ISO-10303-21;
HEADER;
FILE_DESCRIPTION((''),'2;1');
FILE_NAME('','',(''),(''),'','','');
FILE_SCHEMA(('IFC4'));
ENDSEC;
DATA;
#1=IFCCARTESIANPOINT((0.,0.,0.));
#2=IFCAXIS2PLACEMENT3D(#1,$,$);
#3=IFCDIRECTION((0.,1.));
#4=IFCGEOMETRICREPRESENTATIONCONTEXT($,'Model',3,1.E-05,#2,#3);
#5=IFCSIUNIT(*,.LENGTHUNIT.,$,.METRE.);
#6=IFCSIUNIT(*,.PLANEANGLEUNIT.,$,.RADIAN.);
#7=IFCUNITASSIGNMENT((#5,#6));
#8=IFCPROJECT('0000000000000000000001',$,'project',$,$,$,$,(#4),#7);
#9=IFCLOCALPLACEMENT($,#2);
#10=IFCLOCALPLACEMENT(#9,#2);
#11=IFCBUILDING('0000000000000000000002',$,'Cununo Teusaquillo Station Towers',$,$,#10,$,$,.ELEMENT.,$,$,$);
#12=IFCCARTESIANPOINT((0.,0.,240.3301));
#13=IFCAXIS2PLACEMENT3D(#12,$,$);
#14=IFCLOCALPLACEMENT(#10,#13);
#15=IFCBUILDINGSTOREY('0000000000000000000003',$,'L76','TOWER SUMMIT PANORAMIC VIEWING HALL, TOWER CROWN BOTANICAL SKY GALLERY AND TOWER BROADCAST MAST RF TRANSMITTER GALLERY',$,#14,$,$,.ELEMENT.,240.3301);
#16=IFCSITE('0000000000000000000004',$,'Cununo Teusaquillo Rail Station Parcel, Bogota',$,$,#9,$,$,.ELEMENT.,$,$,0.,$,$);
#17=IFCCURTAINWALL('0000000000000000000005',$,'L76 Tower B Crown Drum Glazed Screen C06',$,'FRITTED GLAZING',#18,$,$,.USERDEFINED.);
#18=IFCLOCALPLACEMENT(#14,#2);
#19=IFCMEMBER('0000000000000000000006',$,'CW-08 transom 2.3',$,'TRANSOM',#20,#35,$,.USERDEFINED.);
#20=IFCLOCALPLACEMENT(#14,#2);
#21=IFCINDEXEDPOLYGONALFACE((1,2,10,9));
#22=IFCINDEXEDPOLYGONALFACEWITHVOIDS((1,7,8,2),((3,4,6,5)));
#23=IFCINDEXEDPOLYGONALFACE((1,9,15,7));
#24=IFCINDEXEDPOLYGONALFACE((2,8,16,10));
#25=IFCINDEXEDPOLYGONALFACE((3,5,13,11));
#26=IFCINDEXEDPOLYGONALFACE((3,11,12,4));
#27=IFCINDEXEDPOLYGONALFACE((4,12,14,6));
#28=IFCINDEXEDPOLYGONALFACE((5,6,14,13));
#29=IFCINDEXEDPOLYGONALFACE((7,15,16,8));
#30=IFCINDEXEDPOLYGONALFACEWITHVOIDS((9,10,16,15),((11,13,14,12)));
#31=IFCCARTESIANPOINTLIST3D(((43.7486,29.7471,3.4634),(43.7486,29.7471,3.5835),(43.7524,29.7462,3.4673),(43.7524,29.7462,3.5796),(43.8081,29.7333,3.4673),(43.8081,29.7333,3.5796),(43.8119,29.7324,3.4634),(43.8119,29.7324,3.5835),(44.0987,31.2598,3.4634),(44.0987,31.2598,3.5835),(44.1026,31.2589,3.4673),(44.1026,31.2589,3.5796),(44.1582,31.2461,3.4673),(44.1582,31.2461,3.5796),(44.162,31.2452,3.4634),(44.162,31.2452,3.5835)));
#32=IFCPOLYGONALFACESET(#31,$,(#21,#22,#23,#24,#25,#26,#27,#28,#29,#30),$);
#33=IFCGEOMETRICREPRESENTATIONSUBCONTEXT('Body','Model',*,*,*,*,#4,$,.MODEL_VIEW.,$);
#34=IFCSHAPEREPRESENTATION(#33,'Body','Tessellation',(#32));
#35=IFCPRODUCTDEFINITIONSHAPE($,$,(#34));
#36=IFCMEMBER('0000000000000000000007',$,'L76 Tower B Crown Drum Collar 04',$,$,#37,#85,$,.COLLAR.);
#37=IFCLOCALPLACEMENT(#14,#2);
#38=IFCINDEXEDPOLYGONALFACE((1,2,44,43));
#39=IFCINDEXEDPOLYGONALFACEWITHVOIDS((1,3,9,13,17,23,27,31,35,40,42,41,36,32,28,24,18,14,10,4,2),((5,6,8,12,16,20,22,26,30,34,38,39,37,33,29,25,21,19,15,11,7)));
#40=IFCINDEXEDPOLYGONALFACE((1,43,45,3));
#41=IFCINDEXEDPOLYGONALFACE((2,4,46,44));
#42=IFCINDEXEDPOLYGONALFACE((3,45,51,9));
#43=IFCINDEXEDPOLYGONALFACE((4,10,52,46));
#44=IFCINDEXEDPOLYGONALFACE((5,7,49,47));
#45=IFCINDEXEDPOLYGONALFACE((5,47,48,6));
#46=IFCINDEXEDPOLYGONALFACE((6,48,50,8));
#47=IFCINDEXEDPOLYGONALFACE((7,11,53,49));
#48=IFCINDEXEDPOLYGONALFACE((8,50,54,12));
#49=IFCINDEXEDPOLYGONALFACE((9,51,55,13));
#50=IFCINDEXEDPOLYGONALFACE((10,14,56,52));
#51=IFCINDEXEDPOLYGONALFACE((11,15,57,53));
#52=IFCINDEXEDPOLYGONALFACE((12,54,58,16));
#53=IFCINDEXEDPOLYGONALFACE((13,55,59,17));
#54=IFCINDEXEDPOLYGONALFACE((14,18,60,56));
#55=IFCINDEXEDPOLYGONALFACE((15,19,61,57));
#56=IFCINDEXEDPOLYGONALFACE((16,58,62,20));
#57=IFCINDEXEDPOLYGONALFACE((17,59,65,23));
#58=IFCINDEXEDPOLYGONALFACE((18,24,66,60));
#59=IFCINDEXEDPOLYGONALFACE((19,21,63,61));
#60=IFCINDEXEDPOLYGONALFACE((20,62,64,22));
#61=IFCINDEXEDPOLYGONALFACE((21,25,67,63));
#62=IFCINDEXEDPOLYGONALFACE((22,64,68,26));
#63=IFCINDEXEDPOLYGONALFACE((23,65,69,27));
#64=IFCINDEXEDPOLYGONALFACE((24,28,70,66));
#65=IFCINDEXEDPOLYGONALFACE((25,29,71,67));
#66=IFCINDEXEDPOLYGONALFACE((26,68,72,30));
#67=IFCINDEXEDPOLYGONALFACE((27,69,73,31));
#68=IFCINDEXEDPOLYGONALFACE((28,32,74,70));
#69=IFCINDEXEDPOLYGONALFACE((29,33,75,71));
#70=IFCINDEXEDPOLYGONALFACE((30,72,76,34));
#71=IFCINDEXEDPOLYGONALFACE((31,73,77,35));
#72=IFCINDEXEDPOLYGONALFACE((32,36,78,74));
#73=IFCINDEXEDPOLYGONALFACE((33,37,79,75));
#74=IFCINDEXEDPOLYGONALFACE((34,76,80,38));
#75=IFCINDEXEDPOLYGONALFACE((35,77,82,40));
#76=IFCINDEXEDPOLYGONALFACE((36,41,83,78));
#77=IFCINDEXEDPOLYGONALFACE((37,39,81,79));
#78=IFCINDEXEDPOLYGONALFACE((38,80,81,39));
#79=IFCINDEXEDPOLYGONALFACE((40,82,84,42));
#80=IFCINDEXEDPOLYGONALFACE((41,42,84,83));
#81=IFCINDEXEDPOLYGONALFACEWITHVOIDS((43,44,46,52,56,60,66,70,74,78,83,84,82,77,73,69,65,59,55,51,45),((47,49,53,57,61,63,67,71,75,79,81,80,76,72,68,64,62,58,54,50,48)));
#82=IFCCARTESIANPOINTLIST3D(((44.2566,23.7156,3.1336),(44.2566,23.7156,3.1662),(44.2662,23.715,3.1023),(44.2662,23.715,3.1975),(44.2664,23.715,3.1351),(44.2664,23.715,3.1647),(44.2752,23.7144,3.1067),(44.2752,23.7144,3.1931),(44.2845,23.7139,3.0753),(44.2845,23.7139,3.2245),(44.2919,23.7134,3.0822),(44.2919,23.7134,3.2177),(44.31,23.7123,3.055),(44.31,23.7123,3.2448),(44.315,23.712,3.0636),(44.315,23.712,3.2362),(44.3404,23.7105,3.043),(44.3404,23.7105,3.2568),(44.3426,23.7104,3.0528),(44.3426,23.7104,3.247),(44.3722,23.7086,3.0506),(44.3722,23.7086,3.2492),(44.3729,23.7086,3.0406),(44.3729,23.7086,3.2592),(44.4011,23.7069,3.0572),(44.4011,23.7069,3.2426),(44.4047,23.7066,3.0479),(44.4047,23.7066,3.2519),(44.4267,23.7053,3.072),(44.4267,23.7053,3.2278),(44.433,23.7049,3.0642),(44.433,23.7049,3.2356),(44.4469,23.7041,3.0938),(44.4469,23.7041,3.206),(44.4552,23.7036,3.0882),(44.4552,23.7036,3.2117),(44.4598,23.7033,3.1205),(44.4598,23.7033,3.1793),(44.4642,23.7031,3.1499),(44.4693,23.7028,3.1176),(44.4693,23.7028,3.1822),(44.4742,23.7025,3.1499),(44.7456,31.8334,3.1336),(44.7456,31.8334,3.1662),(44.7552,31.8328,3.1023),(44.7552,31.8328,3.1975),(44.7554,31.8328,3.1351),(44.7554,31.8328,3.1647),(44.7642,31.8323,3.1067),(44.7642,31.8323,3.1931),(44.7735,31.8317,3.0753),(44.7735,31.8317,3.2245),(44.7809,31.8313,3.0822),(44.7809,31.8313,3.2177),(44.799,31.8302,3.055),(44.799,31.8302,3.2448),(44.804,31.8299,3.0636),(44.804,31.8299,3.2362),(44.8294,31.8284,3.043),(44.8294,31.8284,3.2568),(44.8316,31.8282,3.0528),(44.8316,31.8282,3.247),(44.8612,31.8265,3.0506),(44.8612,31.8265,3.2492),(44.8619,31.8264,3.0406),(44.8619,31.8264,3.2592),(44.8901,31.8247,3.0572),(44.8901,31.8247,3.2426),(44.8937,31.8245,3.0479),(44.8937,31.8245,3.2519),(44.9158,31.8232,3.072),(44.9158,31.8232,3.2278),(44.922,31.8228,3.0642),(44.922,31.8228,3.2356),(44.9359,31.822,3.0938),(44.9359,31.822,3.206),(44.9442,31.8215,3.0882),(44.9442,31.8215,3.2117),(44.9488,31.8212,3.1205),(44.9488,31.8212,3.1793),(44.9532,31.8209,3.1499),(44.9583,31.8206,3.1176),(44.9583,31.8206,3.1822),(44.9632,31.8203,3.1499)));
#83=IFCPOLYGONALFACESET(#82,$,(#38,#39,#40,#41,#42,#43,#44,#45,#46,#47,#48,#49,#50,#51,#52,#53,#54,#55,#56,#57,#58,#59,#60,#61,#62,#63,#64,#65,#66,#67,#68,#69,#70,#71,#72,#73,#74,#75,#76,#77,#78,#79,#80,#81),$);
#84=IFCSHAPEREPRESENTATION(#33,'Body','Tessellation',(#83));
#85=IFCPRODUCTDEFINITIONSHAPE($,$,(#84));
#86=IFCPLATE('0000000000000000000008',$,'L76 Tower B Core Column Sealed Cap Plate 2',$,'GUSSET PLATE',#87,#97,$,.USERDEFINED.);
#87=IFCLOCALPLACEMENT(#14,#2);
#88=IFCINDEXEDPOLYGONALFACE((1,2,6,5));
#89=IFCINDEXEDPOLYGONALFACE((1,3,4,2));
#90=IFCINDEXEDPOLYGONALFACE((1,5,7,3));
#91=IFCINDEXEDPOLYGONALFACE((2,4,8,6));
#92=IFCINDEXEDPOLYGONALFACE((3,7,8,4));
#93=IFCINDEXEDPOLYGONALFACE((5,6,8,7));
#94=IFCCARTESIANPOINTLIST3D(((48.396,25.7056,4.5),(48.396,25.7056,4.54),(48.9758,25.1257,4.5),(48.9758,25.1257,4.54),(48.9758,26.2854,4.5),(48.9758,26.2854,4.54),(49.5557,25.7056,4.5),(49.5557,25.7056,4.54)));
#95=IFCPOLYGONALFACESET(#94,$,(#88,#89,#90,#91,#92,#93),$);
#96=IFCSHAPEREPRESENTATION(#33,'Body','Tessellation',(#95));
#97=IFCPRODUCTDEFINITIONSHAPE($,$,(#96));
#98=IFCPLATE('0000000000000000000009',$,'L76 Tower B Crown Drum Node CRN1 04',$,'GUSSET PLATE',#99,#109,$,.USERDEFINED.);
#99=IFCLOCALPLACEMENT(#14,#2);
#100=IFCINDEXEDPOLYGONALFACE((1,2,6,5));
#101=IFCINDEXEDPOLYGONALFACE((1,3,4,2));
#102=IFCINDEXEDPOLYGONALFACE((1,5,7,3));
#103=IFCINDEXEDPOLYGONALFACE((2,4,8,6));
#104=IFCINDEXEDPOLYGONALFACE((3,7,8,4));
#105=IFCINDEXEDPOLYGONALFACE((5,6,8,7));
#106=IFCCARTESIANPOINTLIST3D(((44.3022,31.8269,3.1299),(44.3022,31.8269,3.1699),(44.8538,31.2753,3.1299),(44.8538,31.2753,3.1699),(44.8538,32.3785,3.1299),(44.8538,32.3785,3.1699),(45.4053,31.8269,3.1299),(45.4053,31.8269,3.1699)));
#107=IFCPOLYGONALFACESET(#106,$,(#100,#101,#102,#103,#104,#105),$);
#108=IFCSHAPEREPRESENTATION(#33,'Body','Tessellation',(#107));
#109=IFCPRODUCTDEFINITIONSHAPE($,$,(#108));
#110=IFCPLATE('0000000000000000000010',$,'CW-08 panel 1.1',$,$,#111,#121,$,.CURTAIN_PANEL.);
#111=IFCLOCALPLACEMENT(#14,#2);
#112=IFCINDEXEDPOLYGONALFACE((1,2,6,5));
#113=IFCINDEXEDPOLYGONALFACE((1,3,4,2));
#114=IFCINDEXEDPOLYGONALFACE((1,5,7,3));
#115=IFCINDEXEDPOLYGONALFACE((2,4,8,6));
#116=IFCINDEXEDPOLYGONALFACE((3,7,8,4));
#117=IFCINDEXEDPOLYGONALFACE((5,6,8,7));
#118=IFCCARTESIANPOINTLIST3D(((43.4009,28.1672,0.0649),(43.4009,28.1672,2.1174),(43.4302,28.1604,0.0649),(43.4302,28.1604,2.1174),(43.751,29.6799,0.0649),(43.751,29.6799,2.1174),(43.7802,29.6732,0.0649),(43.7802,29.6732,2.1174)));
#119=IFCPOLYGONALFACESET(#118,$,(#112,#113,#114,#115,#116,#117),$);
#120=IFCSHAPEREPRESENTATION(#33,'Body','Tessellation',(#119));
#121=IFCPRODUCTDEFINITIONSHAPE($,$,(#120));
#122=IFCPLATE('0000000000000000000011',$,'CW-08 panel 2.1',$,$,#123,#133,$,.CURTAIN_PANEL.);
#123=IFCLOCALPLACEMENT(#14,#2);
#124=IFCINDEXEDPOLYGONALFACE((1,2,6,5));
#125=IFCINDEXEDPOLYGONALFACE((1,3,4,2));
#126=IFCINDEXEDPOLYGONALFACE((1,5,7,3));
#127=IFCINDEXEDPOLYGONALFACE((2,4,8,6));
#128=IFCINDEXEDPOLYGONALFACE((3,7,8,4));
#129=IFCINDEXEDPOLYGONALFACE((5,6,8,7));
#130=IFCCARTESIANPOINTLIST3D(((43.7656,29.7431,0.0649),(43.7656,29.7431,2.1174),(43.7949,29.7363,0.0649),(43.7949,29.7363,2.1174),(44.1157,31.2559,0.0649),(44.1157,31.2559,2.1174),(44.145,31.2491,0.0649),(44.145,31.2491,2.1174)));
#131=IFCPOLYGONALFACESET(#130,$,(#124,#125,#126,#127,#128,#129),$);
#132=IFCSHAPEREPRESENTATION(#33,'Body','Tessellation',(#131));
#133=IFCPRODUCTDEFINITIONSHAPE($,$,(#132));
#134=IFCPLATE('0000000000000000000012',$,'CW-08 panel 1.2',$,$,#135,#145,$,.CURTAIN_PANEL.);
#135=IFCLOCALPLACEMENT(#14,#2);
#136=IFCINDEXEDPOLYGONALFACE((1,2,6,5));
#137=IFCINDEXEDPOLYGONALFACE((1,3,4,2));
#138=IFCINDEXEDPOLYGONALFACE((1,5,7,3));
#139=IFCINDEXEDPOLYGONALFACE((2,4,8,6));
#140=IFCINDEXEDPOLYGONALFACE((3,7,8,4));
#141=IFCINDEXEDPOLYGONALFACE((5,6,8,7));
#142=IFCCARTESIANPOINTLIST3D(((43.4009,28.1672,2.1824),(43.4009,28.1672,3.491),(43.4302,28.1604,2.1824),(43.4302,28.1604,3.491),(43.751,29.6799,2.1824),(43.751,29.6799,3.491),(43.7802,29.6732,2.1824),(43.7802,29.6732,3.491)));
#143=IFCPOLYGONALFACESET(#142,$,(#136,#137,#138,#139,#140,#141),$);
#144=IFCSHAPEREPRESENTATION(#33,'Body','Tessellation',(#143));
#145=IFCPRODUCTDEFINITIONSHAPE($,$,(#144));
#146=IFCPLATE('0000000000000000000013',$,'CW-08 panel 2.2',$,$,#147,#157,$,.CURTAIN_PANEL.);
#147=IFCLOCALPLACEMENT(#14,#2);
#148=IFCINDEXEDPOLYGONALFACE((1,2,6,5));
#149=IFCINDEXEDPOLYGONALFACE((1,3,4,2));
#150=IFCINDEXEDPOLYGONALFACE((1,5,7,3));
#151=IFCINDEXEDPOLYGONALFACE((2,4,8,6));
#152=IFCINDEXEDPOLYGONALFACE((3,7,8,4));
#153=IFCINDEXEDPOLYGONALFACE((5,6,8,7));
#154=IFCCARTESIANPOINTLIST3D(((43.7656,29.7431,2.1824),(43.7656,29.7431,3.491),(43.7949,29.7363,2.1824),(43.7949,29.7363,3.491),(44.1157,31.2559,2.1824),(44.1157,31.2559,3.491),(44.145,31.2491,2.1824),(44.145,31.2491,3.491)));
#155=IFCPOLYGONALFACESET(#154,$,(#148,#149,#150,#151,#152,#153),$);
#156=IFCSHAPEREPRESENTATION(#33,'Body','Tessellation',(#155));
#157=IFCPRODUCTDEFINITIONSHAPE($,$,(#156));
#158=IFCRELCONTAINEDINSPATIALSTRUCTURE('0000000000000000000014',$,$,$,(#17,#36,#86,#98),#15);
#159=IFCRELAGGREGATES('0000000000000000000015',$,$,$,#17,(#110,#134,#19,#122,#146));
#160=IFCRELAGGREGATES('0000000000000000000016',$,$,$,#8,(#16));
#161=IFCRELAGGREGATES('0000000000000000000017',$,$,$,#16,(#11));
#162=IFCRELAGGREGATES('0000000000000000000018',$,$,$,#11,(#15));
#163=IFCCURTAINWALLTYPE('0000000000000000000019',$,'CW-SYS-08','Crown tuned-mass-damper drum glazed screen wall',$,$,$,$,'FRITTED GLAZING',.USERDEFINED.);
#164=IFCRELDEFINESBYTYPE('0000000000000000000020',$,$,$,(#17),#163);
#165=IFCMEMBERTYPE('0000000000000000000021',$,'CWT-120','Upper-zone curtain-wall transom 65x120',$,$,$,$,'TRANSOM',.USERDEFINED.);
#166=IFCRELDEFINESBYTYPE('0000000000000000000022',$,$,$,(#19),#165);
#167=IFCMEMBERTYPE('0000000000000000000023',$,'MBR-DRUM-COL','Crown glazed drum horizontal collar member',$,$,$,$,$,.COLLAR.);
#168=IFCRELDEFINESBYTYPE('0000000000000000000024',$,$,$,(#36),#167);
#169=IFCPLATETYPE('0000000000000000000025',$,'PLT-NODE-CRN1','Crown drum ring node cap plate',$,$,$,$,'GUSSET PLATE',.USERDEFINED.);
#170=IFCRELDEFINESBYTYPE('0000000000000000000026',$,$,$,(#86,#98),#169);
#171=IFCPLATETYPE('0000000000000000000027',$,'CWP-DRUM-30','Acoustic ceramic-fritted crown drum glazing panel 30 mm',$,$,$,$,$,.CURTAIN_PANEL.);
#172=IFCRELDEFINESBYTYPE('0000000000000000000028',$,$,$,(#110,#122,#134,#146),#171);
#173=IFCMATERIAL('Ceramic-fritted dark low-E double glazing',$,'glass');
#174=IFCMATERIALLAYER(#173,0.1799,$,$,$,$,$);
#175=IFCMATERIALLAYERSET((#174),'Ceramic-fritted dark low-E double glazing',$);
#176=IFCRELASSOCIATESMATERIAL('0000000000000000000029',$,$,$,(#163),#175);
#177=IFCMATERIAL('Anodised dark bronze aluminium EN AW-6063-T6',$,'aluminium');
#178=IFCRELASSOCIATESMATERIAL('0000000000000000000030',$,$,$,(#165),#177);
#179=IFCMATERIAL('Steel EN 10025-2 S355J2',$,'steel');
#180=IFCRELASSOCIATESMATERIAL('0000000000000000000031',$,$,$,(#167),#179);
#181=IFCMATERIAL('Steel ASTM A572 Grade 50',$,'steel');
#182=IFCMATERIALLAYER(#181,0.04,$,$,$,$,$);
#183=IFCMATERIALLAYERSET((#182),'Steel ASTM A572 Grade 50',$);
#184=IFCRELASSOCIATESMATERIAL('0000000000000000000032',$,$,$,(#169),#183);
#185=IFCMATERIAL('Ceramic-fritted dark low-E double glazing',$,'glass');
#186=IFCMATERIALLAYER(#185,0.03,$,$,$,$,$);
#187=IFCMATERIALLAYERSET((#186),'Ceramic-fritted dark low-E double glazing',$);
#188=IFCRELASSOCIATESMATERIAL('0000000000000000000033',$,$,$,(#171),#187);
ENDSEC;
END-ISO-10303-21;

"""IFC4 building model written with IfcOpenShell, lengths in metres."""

from ifc_helpers import new_model, si_unit, direction, frame, origin, origin_2d, place, context, subcontext, project, spatial, rectangle, hollow_rectangle, hollow_circle, extrude, source, transform, mapped, material, layer, layer_set, material_profile, profile_set, type_object, element, aggregate, save


model = new_model("IFC4")

# Units and contexts
model_context = context("Model", 3, precision=1e-05, world=origin(), true_north=direction((0.0, 1.0)))
body_context = subcontext(model_context, "Body", "Model", "MODEL_VIEW")
ifc_project = project(units=[si_unit("LENGTHUNIT", "METRE"), si_unit("PLANEANGLEUNIT", "RADIAN")], contexts=[model_context])

# Site, building, storey
site_placement = place(None, origin())
site = spatial("IfcSite", under=ifc_project, at=site_placement, Name="Cununo Teusaquillo Rail Station Parcel, Bogota", CompositionType="ELEMENT", RefElevation=0.0)
building_placement = place(site_placement, origin())
building = spatial("IfcBuilding", under=site, at=building_placement, Name="Cununo Teusaquillo Station Towers", CompositionType="ELEMENT")
storey_placement = place(building_placement, frame((0.0, 0.0, 240.3301)))
storey = spatial("IfcBuildingStorey", under=building, at=storey_placement, Name="L76", Description="TOWER SUMMIT PANORAMIC VIEWING HALL, TOWER CROWN BOTANICAL SKY GALLERY AND TOWER BROADCAST MAST RF TRANSMITTER GALLERY", CompositionType="ELEMENT", Elevation=240.3301)

# Curtain wall, member
ifc_material_1 = material(Name="Ceramic-fritted dark low-E double glazing", Category="glass")
ifc_layer_1 = layer(ifc_material_1, 0.1799)
ifc_layer_set_1 = layer_set([ifc_layer_1], Name="Ceramic-fritted dark low-E double glazing")
curtain_wall_type = type_object("IfcCurtainWallType", Name="CW-SYS-08", Description="Crown tuned-mass-damper drum glazed screen wall", ElementType="FRITTED GLAZING", PredefinedType="USERDEFINED", material=ifc_layer_set_1)
curtain_wall_placement = place(storey_placement, origin())
curtain_wall = element("IfcCurtainWall", 1, at=curtain_wall_placement, inside=storey, type_object=curtain_wall_type, Name="L76 Tower B Crown Drum Glazed Screen C06", ObjectType="FRITTED GLAZING", PredefinedType="USERDEFINED")
ifc_material_2 = material(Name="Anodised dark bronze aluminium EN AW-6063-T6", Category="aluminium")
ifc_material_profile_1 = material_profile(ifc_material_2, hollow_rectangle(XDim=0.0649, YDim=0.1201, WallThickness=0.0039, at=origin_2d()), Name="CW-TRAN-65x120")
ifc_profile_set_1 = profile_set([ifc_material_profile_1], Name="Anodised dark bronze aluminium EN AW-6063-T6")
member_type_1 = type_object("IfcMemberType", Name="CWT-120", Description="Upper-zone curtain-wall transom 65x120", ElementType="TRANSOM", PredefinedType="USERDEFINED", material=ifc_profile_set_1)
member_1_placement = place(storey_placement, frame((43.7803, 29.7397, 3.5234), z_axis=(0.22548, 0.974248, 0.0), x_axis=(-0.974248, 0.22548, 0.0)))
member_1 = element("IfcMember", 2, at=member_1_placement, type_object=member_type_1, Name="CW-08 transom 2.3", ObjectType="TRANSOM", PredefinedType="USERDEFINED", context=body_context, shape_type="SweptSolid", body=[
    extrude(hollow_rectangle(XDim=0.0649, YDim=0.1201, WallThickness=0.0039, at=origin_2d()), origin(), (0.0, 0.0, 1.0), 1.5527),
])

# Member
ifc_material_3 = material(Name="Steel EN 10025-2 S355J2", Category="steel")
ifc_material_profile_2 = material_profile(ifc_material_3, hollow_circle(Radius=0.1096, WallThickness=0.01, at=origin_2d()), Name="CHS 219x10")
ifc_profile_set_2 = profile_set([ifc_material_profile_2], Name="Steel EN 10025-2 S355J2")
member_type_2 = type_object("IfcMemberType", Name="MBR-DRUM-COL", Description="Crown glazed drum horizontal collar member", PredefinedType="COLLAR", material=ifc_profile_set_2)
member_2_placement = place(storey_placement, frame((44.8538, 31.8269, 3.1499), z_axis=(-0.06013, -0.998191, 0.0), x_axis=(0.998191, -0.06013, 0.0)))
element("IfcMember", 3, at=member_2_placement, inside=storey, type_object=member_type_2, Name="L76 Tower B Crown Drum Collar 04", PredefinedType="COLLAR", context=body_context, shape_type="SweptSolid", body=[
    extrude(hollow_circle(Radius=0.1096, WallThickness=0.01, at=origin_2d()), origin(), (0.0, 0.0, 1.0), 8.1326),
])

# Plates
ifc_material_4 = material(Name="Steel ASTM A572 Grade 50", Category="steel")
ifc_layer_2 = layer(ifc_material_4, 0.04)
ifc_layer_set_2 = layer_set([ifc_layer_2], Name="Steel ASTM A572 Grade 50")
plate_type_1 = type_object("IfcPlateType", Name="PLT-NODE-CRN1", Description="Crown drum ring node cap plate", ElementType="GUSSET PLATE", PredefinedType="USERDEFINED", material=ifc_layer_set_2)
shared_shape_1 = source(origin(), body_context, "Body", "SweptSolid", [
    extrude(rectangle(XDim=0.8201, YDim=0.8201, at=origin_2d()), origin(), (0.0, 0.0, 1.0), 0.04),
])
plate_1_placement = place(storey_placement, frame((48.9758, 25.7056, 4.5), z_axis=(0.0, 0.0, 1.0), x_axis=(0.707107, 0.707107, 0.0)))
element("IfcPlate", 4, at=plate_1_placement, inside=storey, type_object=plate_type_1, Name="L76 Tower B Core Column Sealed Cap Plate 2", ObjectType="GUSSET PLATE", PredefinedType="USERDEFINED", context=body_context, shape_type="MappedRepresentation", body=[
    mapped(shared_shape_1, transform((0.0, 0.0, 0.0), x_axis=(1.0, 0.0, 0.0), y_axis=(0.0, 1.0, 0.0), z_axis=(0.0, 0.0, 1.0), scale=1.0)),
])
shared_shape_2 = source(origin(), body_context, "Body", "SweptSolid", [
    extrude(rectangle(XDim=0.78, YDim=0.78, at=origin_2d()), origin(), (0.0, 0.0, 1.0), 0.04),
])
plate_2_placement = place(storey_placement, frame((44.8538, 31.8269, 3.1299), z_axis=(0.0, 0.0, 1.0), x_axis=(0.707107, 0.707107, 0.0)))
element("IfcPlate", 5, at=plate_2_placement, inside=storey, type_object=plate_type_1, Name="L76 Tower B Crown Drum Node CRN1 04", ObjectType="GUSSET PLATE", PredefinedType="USERDEFINED", context=body_context, shape_type="MappedRepresentation", body=[
    mapped(shared_shape_2, transform((0.0, 0.0, 0.0), x_axis=(1.0, 0.0, 0.0), y_axis=(0.0, 1.0, 0.0), z_axis=(0.0, 0.0, 1.0), scale=1.0)),
])

# Plates
ifc_material_5 = material(Name="Ceramic-fritted dark low-E double glazing", Category="glass")
ifc_layer_3 = layer(ifc_material_5, 0.03)
ifc_layer_set_3 = layer_set([ifc_layer_3], Name="Ceramic-fritted dark low-E double glazing")
plate_type_2 = type_object("IfcPlateType", Name="CWP-DRUM-30", Description="Acoustic ceramic-fritted crown drum glazing panel 30 mm", PredefinedType="CURTAIN_PANEL", material=ifc_layer_set_3)
shared_shape_3 = source(origin(), body_context, "Body", "SweptSolid", [
    extrude(rectangle(XDim=1.5527, YDim=0.03, at=origin_2d()), origin(), (0.0, 0.0, 1.0), 2.0525),
])
plate_3_placement = place(storey_placement, frame((43.5906, 28.9202, 0.0649), z_axis=(0.0, 0.0, 1.0), x_axis=(0.225466, 0.974251, 0.0)))
plate_3 = element("IfcPlate", 6, at=plate_3_placement, type_object=plate_type_2, Name="CW-08 panel 1.1", PredefinedType="CURTAIN_PANEL", context=body_context, shape_type="MappedRepresentation", body=[
    mapped(shared_shape_3, transform((0.0, 0.0, 0.0), x_axis=(1.0, 0.0, 0.0), y_axis=(0.0, 1.0, 0.0), z_axis=(0.0, 0.0, 1.0), scale=1.0)),
])
plate_4_placement = place(storey_placement, frame((43.9553, 30.4961, 0.0649), z_axis=(0.0, 0.0, 1.0), x_axis=(0.225466, 0.974251, 0.0)))
plate_4 = element("IfcPlate", 7, at=plate_4_placement, type_object=plate_type_2, Name="CW-08 panel 2.1", PredefinedType="CURTAIN_PANEL", context=body_context, shape_type="MappedRepresentation", body=[
    mapped(shared_shape_3, transform((0.0, 0.0, 0.0), x_axis=(1.0, 0.0, 0.0), y_axis=(0.0, 1.0, 0.0), z_axis=(0.0, 0.0, 1.0), scale=1.0)),
])
shared_shape_4 = source(origin(), body_context, "Body", "SweptSolid", [
    extrude(rectangle(XDim=1.5527, YDim=0.03, at=origin_2d()), origin(), (0.0, 0.0, 1.0), 1.3086),
])
plate_5_placement = place(storey_placement, frame((43.5906, 28.9202, 2.1824), z_axis=(0.0, 0.0, 1.0), x_axis=(0.225466, 0.974251, 0.0)))
plate_5 = element("IfcPlate", 8, at=plate_5_placement, type_object=plate_type_2, Name="CW-08 panel 1.2", PredefinedType="CURTAIN_PANEL", context=body_context, shape_type="MappedRepresentation", body=[
    mapped(shared_shape_4, transform((0.0, 0.0, 0.0), x_axis=(1.0, 0.0, 0.0), y_axis=(0.0, 1.0, 0.0), z_axis=(0.0, 0.0, 1.0), scale=1.0)),
])
plate_6_placement = place(storey_placement, frame((43.9553, 30.4961, 2.1824), z_axis=(0.0, 0.0, 1.0), x_axis=(0.225466, 0.974251, 0.0)))
plate_6 = element("IfcPlate", 9, at=plate_6_placement, type_object=plate_type_2, Name="CW-08 panel 2.2", PredefinedType="CURTAIN_PANEL", context=body_context, shape_type="MappedRepresentation", body=[
    mapped(shared_shape_4, transform((0.0, 0.0, 0.0), x_axis=(1.0, 0.0, 0.0), y_axis=(0.0, 1.0, 0.0), z_axis=(0.0, 0.0, 1.0), scale=1.0)),
])
aggregate(curtain_wall, [plate_3, plate_5, member_1, plate_4, plate_6])

save(model, "model.ifc")
